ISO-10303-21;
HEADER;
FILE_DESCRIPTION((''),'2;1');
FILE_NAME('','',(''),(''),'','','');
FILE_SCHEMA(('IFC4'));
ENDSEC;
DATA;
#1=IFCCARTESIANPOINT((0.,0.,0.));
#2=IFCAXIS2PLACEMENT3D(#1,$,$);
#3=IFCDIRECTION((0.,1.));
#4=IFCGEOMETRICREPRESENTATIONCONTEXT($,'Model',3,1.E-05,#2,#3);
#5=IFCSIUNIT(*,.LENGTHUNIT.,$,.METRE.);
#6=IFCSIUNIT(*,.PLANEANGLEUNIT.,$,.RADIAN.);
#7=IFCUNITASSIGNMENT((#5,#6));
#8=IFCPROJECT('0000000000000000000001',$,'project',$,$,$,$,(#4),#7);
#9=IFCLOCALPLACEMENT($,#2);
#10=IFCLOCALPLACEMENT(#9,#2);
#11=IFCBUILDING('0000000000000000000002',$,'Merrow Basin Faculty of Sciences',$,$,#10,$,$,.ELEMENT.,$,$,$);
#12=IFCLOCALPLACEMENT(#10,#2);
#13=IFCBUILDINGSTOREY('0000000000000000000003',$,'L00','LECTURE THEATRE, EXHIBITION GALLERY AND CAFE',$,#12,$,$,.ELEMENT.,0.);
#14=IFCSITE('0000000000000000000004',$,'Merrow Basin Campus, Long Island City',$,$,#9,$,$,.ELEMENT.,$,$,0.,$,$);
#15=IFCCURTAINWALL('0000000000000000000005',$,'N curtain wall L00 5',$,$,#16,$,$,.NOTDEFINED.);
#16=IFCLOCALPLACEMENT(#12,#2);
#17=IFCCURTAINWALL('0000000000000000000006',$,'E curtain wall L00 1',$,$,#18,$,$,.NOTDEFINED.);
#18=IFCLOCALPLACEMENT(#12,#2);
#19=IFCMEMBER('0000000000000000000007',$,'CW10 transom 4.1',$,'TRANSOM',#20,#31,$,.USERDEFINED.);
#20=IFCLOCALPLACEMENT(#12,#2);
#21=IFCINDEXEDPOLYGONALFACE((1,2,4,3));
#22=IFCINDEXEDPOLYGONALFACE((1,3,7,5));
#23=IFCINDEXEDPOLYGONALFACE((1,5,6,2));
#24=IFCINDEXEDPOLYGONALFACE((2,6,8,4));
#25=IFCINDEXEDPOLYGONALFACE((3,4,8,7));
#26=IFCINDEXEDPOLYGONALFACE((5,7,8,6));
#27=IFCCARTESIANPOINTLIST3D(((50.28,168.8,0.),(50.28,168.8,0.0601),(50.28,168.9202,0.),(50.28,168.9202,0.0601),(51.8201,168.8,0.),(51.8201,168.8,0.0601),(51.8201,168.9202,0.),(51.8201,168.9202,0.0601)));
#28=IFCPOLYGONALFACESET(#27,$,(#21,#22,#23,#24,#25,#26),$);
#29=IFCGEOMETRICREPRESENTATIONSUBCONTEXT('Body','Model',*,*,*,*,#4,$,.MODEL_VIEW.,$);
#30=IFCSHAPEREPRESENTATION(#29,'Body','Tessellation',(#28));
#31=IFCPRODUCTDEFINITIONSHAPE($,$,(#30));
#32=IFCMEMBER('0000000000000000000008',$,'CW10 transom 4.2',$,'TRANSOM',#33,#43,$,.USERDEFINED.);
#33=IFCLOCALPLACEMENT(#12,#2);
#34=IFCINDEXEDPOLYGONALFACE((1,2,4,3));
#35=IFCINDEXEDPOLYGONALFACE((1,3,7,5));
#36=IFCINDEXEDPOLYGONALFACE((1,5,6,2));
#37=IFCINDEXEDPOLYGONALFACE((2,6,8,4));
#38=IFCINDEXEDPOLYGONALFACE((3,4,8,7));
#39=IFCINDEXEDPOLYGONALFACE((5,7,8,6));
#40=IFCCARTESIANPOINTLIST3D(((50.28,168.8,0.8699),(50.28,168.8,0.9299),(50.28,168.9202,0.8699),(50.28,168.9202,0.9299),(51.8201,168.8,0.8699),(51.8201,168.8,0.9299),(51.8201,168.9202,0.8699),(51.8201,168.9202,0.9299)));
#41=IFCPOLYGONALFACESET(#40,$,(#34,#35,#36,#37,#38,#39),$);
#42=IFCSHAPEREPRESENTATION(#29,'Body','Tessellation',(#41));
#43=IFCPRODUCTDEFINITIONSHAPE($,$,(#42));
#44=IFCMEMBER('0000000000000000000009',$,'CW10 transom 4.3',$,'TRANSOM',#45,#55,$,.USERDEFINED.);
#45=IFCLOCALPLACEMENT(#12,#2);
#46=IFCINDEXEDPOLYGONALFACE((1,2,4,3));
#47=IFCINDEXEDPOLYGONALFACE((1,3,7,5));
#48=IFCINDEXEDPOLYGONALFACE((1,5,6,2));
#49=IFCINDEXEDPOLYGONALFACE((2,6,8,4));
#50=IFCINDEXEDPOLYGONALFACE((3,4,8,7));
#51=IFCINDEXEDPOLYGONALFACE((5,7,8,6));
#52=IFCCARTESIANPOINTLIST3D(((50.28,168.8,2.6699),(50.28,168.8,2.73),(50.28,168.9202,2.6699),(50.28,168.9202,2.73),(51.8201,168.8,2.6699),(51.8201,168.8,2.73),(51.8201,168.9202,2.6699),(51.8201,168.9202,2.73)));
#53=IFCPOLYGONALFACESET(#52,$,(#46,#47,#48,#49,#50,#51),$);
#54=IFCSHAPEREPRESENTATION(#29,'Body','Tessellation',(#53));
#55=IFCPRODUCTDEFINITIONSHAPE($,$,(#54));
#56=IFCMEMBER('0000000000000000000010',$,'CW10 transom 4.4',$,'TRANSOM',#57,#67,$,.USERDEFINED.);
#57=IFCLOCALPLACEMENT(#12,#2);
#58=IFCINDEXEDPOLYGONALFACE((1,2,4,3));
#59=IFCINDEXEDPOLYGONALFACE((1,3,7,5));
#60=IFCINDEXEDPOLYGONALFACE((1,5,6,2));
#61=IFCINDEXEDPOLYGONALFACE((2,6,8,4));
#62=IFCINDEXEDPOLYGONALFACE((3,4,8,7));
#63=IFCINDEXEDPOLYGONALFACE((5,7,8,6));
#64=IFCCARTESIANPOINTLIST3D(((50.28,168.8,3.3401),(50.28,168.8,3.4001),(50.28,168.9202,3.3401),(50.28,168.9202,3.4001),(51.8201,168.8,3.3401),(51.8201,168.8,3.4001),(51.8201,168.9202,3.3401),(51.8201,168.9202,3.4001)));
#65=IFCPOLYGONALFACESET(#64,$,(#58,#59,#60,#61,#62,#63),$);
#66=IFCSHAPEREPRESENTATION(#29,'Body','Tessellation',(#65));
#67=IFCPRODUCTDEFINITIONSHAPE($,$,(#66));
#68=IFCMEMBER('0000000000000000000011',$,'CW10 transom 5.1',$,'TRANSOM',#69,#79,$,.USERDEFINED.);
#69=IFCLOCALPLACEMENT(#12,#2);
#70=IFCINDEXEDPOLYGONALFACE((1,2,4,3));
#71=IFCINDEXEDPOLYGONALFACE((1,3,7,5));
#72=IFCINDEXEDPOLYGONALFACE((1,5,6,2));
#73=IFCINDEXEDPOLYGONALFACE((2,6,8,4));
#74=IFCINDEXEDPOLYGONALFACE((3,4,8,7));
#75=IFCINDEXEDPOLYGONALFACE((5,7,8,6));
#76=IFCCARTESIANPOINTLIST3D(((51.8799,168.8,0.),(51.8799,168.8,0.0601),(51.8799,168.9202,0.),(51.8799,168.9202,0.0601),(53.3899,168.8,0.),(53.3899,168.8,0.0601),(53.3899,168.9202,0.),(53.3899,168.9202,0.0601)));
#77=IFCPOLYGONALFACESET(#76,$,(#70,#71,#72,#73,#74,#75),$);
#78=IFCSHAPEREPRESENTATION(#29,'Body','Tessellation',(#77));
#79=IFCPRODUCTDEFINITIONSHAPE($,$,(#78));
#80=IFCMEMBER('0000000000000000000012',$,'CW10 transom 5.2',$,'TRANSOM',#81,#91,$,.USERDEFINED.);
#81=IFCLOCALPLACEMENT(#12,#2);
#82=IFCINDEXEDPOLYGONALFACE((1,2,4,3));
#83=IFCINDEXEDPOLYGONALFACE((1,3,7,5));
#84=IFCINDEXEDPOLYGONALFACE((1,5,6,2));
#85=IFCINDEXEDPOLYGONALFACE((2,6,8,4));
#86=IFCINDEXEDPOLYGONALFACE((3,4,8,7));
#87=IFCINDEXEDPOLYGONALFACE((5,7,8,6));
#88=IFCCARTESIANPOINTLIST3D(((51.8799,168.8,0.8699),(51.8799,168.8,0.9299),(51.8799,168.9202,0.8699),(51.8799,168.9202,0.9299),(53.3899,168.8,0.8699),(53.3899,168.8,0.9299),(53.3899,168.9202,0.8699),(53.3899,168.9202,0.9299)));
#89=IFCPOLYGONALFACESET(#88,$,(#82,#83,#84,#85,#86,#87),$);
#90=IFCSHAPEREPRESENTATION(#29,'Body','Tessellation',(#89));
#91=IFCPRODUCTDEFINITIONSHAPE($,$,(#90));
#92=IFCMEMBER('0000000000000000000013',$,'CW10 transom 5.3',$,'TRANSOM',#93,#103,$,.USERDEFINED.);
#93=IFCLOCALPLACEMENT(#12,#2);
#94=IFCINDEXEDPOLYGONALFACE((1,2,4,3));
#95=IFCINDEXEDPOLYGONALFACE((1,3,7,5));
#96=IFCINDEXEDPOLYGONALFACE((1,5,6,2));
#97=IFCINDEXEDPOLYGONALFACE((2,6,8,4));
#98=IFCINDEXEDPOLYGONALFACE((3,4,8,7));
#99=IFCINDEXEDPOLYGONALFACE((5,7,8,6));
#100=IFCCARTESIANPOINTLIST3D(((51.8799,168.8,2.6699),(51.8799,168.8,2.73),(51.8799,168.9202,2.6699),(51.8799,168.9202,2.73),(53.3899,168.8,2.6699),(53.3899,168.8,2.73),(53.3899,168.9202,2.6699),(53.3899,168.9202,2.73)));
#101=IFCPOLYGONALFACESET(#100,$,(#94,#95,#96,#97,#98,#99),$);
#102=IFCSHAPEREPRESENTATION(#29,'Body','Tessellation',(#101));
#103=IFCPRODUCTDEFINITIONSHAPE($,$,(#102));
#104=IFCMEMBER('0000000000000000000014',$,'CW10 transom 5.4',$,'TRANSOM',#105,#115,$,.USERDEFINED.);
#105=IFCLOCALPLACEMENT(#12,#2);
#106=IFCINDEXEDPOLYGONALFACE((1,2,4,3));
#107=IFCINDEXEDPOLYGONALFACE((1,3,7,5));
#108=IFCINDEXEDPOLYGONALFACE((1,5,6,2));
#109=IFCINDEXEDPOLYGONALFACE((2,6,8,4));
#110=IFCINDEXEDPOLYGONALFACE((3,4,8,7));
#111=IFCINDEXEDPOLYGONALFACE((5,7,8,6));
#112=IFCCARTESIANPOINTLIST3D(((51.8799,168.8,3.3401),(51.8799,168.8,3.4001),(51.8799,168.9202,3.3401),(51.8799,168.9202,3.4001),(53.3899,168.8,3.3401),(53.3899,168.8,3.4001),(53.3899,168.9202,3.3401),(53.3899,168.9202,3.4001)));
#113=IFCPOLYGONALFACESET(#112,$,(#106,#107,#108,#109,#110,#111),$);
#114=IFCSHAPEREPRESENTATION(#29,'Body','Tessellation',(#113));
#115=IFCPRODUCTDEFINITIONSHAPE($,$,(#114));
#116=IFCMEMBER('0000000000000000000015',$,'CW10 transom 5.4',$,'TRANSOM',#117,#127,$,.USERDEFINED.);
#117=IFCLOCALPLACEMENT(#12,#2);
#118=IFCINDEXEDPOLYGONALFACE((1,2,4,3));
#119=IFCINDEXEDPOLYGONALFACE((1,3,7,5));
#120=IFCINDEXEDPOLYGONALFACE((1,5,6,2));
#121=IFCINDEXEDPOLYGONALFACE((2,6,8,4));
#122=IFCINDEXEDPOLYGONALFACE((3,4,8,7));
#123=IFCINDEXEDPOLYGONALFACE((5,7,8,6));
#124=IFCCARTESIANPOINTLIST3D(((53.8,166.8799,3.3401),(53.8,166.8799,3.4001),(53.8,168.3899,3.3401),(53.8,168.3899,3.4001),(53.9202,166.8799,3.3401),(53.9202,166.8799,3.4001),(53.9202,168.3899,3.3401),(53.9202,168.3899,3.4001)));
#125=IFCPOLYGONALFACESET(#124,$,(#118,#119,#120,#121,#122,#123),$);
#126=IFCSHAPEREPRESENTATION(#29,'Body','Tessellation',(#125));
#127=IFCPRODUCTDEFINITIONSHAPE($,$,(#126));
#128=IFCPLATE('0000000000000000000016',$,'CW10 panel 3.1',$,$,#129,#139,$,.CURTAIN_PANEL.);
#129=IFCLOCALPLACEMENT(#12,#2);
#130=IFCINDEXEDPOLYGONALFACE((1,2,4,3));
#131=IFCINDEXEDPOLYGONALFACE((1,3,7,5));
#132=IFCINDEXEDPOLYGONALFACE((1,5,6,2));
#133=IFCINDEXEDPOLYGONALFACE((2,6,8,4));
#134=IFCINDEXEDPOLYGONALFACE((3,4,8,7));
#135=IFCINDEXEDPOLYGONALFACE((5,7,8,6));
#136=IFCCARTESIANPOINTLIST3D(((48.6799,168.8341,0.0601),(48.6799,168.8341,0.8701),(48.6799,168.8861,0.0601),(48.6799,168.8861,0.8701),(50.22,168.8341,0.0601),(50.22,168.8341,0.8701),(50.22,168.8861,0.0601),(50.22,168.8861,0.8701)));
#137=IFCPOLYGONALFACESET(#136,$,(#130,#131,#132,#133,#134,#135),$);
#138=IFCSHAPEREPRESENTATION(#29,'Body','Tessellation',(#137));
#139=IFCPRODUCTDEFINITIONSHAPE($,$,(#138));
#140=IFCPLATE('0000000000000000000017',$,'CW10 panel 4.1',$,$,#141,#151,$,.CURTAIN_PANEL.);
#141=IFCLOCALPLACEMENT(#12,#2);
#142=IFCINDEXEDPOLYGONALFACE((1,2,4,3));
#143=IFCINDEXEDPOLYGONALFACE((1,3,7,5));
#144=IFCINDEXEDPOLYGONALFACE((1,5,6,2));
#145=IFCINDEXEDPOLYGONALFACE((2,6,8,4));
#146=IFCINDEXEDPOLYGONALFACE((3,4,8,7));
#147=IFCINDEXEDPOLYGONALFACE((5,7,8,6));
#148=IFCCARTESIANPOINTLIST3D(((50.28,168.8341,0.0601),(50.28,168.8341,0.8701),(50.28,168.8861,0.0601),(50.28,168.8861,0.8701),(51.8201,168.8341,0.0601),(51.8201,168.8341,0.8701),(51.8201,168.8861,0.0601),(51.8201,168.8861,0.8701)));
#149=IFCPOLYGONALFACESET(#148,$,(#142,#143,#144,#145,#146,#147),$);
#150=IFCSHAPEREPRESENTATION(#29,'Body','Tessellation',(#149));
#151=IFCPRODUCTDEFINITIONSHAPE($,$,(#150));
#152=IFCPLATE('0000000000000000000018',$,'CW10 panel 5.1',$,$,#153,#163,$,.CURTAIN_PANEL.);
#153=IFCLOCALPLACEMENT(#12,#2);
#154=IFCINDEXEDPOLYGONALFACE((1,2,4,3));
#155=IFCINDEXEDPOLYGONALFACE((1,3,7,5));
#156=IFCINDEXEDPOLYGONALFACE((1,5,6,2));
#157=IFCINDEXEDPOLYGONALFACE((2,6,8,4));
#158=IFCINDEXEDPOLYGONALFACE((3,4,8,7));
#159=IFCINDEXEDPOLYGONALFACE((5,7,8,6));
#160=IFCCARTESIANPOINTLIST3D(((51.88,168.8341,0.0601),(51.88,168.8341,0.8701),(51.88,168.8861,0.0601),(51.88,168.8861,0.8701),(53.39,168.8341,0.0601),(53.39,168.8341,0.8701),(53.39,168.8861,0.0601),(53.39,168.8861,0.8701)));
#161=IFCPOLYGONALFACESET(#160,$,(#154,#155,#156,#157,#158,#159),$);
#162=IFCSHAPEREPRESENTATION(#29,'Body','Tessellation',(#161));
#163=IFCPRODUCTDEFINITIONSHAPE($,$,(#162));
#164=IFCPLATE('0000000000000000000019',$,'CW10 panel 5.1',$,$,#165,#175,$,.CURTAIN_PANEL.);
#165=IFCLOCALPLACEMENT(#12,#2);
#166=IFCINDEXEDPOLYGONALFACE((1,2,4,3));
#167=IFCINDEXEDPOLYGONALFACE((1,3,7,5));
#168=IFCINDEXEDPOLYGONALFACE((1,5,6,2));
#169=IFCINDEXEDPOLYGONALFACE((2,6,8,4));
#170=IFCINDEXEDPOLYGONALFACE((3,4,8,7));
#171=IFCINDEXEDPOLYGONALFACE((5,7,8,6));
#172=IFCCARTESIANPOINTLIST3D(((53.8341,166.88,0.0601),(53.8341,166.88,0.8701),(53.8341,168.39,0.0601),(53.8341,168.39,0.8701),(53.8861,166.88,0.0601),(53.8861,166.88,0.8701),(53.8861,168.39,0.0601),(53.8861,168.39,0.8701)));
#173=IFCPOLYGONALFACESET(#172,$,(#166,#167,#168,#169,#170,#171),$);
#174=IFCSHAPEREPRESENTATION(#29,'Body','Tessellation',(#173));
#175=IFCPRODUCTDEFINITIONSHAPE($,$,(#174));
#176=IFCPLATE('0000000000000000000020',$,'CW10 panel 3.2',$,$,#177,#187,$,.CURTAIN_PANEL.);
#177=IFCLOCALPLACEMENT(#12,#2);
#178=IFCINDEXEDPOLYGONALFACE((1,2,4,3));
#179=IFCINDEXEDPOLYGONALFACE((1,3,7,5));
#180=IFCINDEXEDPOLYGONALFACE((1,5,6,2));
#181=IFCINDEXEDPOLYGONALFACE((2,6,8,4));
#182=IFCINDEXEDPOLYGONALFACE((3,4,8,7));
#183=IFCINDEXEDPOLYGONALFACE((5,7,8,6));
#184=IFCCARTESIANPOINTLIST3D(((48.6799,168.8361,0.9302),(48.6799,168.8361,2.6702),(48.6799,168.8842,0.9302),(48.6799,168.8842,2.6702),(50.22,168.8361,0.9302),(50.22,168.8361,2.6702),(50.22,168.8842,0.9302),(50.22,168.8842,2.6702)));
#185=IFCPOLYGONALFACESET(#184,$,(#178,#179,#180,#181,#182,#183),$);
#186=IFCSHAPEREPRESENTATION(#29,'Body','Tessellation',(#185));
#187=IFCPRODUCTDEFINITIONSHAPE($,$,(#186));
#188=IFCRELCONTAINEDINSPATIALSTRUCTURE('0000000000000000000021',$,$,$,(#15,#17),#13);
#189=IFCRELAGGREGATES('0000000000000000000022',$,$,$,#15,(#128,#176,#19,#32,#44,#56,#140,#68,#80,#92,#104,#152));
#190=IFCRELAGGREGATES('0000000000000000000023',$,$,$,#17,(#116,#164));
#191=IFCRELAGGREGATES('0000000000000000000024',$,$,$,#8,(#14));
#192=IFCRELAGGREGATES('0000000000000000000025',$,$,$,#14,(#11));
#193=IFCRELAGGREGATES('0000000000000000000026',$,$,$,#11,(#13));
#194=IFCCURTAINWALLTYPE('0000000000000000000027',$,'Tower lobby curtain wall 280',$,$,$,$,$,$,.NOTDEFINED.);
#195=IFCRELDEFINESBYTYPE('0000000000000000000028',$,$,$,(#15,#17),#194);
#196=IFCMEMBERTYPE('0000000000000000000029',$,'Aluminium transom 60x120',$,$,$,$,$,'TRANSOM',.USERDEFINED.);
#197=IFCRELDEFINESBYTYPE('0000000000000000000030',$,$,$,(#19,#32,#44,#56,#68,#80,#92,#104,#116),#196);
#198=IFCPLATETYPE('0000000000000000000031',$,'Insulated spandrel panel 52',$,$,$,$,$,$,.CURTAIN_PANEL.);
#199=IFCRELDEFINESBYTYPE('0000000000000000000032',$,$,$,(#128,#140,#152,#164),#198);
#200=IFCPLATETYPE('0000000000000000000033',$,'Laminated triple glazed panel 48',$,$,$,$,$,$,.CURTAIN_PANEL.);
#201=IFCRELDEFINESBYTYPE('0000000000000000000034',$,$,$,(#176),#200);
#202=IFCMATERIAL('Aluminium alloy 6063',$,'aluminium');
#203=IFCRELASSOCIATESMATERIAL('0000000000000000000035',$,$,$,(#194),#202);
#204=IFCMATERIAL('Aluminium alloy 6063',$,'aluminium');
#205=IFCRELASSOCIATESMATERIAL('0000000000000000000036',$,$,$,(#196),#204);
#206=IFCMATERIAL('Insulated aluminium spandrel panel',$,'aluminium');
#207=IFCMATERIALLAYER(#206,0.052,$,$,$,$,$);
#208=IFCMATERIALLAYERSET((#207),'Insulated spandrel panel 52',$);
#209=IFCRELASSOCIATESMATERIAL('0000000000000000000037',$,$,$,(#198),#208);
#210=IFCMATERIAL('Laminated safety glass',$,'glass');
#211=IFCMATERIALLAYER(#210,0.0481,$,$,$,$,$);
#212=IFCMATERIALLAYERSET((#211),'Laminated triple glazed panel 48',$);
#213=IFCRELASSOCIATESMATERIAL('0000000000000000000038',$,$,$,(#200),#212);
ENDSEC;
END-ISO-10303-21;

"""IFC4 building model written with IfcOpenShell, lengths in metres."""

from ifc_helpers import new_model, si_unit, direction, frame, origin, origin_2d, place, context, subcontext, project, spatial, rectangle, extrude, material, layer, layer_set, material_profile, profile_set, type_object, element, aggregate, save


model = new_model("IFC4")

# Units and contexts
model_context = context("Model", 3, precision=1e-05, world=origin(), true_north=direction((0.0, 1.0)))
body_context = subcontext(model_context, "Body", "Model", "MODEL_VIEW")
ifc_project = project(units=[si_unit("LENGTHUNIT", "METRE"), si_unit("PLANEANGLEUNIT", "RADIAN")], contexts=[model_context])

# Site, building, storey
site_placement = place(None, origin())
site = spatial("IfcSite", under=ifc_project, at=site_placement, Name="Merrow Basin Campus, Long Island City", CompositionType="ELEMENT", RefElevation=0.0)
building_placement = place(site_placement, origin())
building = spatial("IfcBuilding", under=site, at=building_placement, Name="Merrow Basin Faculty of Sciences", CompositionType="ELEMENT")
storey_placement = place(building_placement, origin())
storey = spatial("IfcBuildingStorey", under=building, at=storey_placement, Name="L00", Description="LECTURE THEATRE, EXHIBITION GALLERY AND CAFE", CompositionType="ELEMENT", Elevation=0.0)

# Curtain wall
ifc_material_1 = material(Name="Aluminium alloy 6063", Category="aluminium")
curtain_wall_type = type_object("IfcCurtainWallType", Name="Tower lobby curtain wall 280", PredefinedType="NOTDEFINED", material=ifc_material_1)
curtain_wall_1_placement = place(storey_placement, origin())
curtain_wall_1 = element("IfcCurtainWall", 1, at=curtain_wall_1_placement, inside=storey, type_object=curtain_wall_type, Name="N curtain wall L00 5", PredefinedType="NOTDEFINED")

# Curtain wall
curtain_wall_2_placement = place(storey_placement, origin())
curtain_wall_2 = element("IfcCurtainWall", 2, at=curtain_wall_2_placement, inside=storey, type_object=curtain_wall_type, Name="E curtain wall L00 1", PredefinedType="NOTDEFINED")

# Members
ifc_material_2 = material(Name="Aluminium alloy 6063", Category="aluminium")
ifc_material_profile_1 = material_profile(ifc_material_2, rectangle(XDim=0.1201, YDim=0.0601, at=origin_2d()))
ifc_profile_set_1 = profile_set([ifc_material_profile_1], Name="Aluminium alloy 6063")
member_type_1 = type_object("IfcMemberType", Name="Aluminium transom 60x120", ElementType="TRANSOM", PredefinedType="USERDEFINED", material=ifc_profile_set_1)
member_1_placement = place(storey_placement, frame((50.28, 168.8601, 0.03), z_axis=(1.0, 0.0, 0.0), x_axis=(0.0, 1.0, 0.0)))
member_1 = element("IfcMember", 3, at=member_1_placement, type_object=member_type_1, Name="CW10 transom 4.1", ObjectType="TRANSOM", PredefinedType="USERDEFINED", context=body_context, shape_type="SweptSolid", body=[
    extrude(rectangle(XDim=0.1201, YDim=0.0601, at=origin_2d()), origin(), (0.0, 0.0, 1.0), 1.54),
])
member_2_placement = place(storey_placement, frame((50.28, 168.8601, 0.8999), z_axis=(1.0, 0.0, 0.0), x_axis=(0.0, 1.0, 0.0)))
member_2 = element("IfcMember", 4, at=member_2_placement, type_object=member_type_1, Name="CW10 transom 4.2", ObjectType="TRANSOM", PredefinedType="USERDEFINED", context=body_context, shape_type="SweptSolid", body=[
    extrude(rectangle(XDim=0.1201, YDim=0.0601, at=origin_2d()), origin(), (0.0, 0.0, 1.0), 1.54),
])
member_3_placement = place(storey_placement, frame((50.28, 168.8601, 2.7), z_axis=(1.0, 0.0, 0.0), x_axis=(0.0, 1.0, 0.0)))
member_3 = element("IfcMember", 5, at=member_3_placement, type_object=member_type_1, Name="CW10 transom 4.3", ObjectType="TRANSOM", PredefinedType="USERDEFINED", context=body_context, shape_type="SweptSolid", body=[
    extrude(rectangle(XDim=0.1201, YDim=0.0601, at=origin_2d()), origin(), (0.0, 0.0, 1.0), 1.54),
])
member_4_placement = place(storey_placement, frame((50.28, 168.8601, 3.3701), z_axis=(1.0, 0.0, 0.0), x_axis=(0.0, 1.0, 0.0)))
member_4 = element("IfcMember", 6, at=member_4_placement, type_object=member_type_1, Name="CW10 transom 4.4", ObjectType="TRANSOM", PredefinedType="USERDEFINED", context=body_context, shape_type="SweptSolid", body=[
    extrude(rectangle(XDim=0.1201, YDim=0.0601, at=origin_2d()), origin(), (0.0, 0.0, 1.0), 1.54),
])
member_5_placement = place(storey_placement, frame((51.8799, 168.8601, 0.03), z_axis=(1.0, 0.0, 0.0), x_axis=(0.0, 1.0, 0.0)))
member_5 = element("IfcMember", 7, at=member_5_placement, type_object=member_type_1, Name="CW10 transom 5.1", ObjectType="TRANSOM", PredefinedType="USERDEFINED", context=body_context, shape_type="SweptSolid", body=[
    extrude(rectangle(XDim=0.1201, YDim=0.0601, at=origin_2d()), origin(), (0.0, 0.0, 1.0), 1.51),
])
member_6_placement = place(storey_placement, frame((51.8799, 168.8601, 0.8999), z_axis=(1.0, 0.0, 0.0), x_axis=(0.0, 1.0, 0.0)))
member_6 = element("IfcMember", 8, at=member_6_placement, type_object=member_type_1, Name="CW10 transom 5.2", ObjectType="TRANSOM", PredefinedType="USERDEFINED", context=body_context, shape_type="SweptSolid", body=[
    extrude(rectangle(XDim=0.1201, YDim=0.0601, at=origin_2d()), origin(), (0.0, 0.0, 1.0), 1.51),
])
member_7_placement = place(storey_placement, frame((51.8799, 168.8601, 2.7), z_axis=(1.0, 0.0, 0.0), x_axis=(0.0, 1.0, 0.0)))
member_7 = element("IfcMember", 9, at=member_7_placement, type_object=member_type_1, Name="CW10 transom 5.3", ObjectType="TRANSOM", PredefinedType="USERDEFINED", context=body_context, shape_type="SweptSolid", body=[
    extrude(rectangle(XDim=0.1201, YDim=0.0601, at=origin_2d()), origin(), (0.0, 0.0, 1.0), 1.51),
])
member_8_placement = place(storey_placement, frame((51.8799, 168.8601, 3.3701), z_axis=(1.0, 0.0, 0.0), x_axis=(0.0, 1.0, 0.0)))
member_8 = element("IfcMember", 10, at=member_8_placement, type_object=member_type_1, Name="CW10 transom 5.4", ObjectType="TRANSOM", PredefinedType="USERDEFINED", context=body_context, shape_type="SweptSolid", body=[
    extrude(rectangle(XDim=0.1201, YDim=0.0601, at=origin_2d()), origin(), (0.0, 0.0, 1.0), 1.51),
])
member_9_placement = place(storey_placement, frame((53.8601, 166.8799, 3.3701), z_axis=(0.0, 1.0, 0.0), x_axis=(-1.0, 0.0, 0.0)))
member_9 = element("IfcMember", 11, at=member_9_placement, type_object=member_type_1, Name="CW10 transom 5.4", ObjectType="TRANSOM", PredefinedType="USERDEFINED", context=body_context, shape_type="SweptSolid", body=[
    extrude(rectangle(XDim=0.1201, YDim=0.0601, at=origin_2d()), origin(), (0.0, 0.0, 1.0), 1.51),
])

# Plates
ifc_material_3 = material(Name="Insulated aluminium spandrel panel", Category="aluminium")
ifc_layer_1 = layer(ifc_material_3, 0.052)
ifc_layer_set_1 = layer_set([ifc_layer_1], Name="Insulated spandrel panel 52")
plate_type_1 = type_object("IfcPlateType", Name="Insulated spandrel panel 52", PredefinedType="CURTAIN_PANEL", material=ifc_layer_set_1)
plate_1_placement = place(storey_placement, frame((49.45, 168.8601, 0.0601), z_axis=(0.0, 0.0, 1.0), x_axis=(1.0, 0.0, 0.0)))
plate_1 = element("IfcPlate", 12, at=plate_1_placement, type_object=plate_type_1, Name="CW10 panel 3.1", PredefinedType="CURTAIN_PANEL", context=body_context, shape_type="SweptSolid", body=[
    extrude(rectangle(XDim=1.54, YDim=0.052, at=origin_2d()), origin(), (0.0, 0.0, 1.0), 0.8101),
])
plate_2_placement = place(storey_placement, frame((51.05, 168.8601, 0.0601), z_axis=(0.0, 0.0, 1.0), x_axis=(1.0, 0.0, 0.0)))
plate_2 = element("IfcPlate", 13, at=plate_2_placement, type_object=plate_type_1, Name="CW10 panel 4.1", PredefinedType="CURTAIN_PANEL", context=body_context, shape_type="SweptSolid", body=[
    extrude(rectangle(XDim=1.54, YDim=0.052, at=origin_2d()), origin(), (0.0, 0.0, 1.0), 0.8101),
])
plate_3_placement = place(storey_placement, frame((52.635, 168.8601, 0.0601), z_axis=(0.0, 0.0, 1.0), x_axis=(1.0, 0.0, 0.0)))
plate_3 = element("IfcPlate", 14, at=plate_3_placement, type_object=plate_type_1, Name="CW10 panel 5.1", PredefinedType="CURTAIN_PANEL", context=body_context, shape_type="SweptSolid", body=[
    extrude(rectangle(XDim=1.51, YDim=0.052, at=origin_2d()), origin(), (0.0, 0.0, 1.0), 0.8101),
])
plate_4_placement = place(storey_placement, frame((53.8601, 167.635, 0.0601), z_axis=(0.0, 0.0, 1.0), x_axis=(0.0, 1.0, 0.0)))
plate_4 = element("IfcPlate", 15, at=plate_4_placement, type_object=plate_type_1, Name="CW10 panel 5.1", PredefinedType="CURTAIN_PANEL", context=body_context, shape_type="SweptSolid", body=[
    extrude(rectangle(XDim=1.51, YDim=0.052, at=origin_2d()), origin(), (0.0, 0.0, 1.0), 0.8101),
])
ifc_material_4 = material(Name="Laminated safety glass", Category="glass")
ifc_layer_2 = layer(ifc_material_4, 0.0481)
ifc_layer_set_2 = layer_set([ifc_layer_2], Name="Laminated triple glazed panel 48")
plate_type_2 = type_object("IfcPlateType", Name="Laminated triple glazed panel 48", PredefinedType="CURTAIN_PANEL", material=ifc_layer_set_2)
plate_5_placement = place(storey_placement, frame((49.45, 168.8601, 0.9302), z_axis=(0.0, 0.0, 1.0), x_axis=(1.0, 0.0, 0.0)))
plate_5 = element("IfcPlate", 16, at=plate_5_placement, type_object=plate_type_2, Name="CW10 panel 3.2", PredefinedType="CURTAIN_PANEL", context=body_context, shape_type="SweptSolid", body=[
    extrude(rectangle(XDim=1.54, YDim=0.0481, at=origin_2d()), origin(), (0.0, 0.0, 1.0), 1.74),
])
aggregate(curtain_wall_1, [plate_1, plate_5, member_1, member_2, member_3, member_4, plate_2, member_5, member_6, member_7, member_8, plate_3])
aggregate(curtain_wall_2, [member_9, plate_4])

save(model, "model.ifc")
